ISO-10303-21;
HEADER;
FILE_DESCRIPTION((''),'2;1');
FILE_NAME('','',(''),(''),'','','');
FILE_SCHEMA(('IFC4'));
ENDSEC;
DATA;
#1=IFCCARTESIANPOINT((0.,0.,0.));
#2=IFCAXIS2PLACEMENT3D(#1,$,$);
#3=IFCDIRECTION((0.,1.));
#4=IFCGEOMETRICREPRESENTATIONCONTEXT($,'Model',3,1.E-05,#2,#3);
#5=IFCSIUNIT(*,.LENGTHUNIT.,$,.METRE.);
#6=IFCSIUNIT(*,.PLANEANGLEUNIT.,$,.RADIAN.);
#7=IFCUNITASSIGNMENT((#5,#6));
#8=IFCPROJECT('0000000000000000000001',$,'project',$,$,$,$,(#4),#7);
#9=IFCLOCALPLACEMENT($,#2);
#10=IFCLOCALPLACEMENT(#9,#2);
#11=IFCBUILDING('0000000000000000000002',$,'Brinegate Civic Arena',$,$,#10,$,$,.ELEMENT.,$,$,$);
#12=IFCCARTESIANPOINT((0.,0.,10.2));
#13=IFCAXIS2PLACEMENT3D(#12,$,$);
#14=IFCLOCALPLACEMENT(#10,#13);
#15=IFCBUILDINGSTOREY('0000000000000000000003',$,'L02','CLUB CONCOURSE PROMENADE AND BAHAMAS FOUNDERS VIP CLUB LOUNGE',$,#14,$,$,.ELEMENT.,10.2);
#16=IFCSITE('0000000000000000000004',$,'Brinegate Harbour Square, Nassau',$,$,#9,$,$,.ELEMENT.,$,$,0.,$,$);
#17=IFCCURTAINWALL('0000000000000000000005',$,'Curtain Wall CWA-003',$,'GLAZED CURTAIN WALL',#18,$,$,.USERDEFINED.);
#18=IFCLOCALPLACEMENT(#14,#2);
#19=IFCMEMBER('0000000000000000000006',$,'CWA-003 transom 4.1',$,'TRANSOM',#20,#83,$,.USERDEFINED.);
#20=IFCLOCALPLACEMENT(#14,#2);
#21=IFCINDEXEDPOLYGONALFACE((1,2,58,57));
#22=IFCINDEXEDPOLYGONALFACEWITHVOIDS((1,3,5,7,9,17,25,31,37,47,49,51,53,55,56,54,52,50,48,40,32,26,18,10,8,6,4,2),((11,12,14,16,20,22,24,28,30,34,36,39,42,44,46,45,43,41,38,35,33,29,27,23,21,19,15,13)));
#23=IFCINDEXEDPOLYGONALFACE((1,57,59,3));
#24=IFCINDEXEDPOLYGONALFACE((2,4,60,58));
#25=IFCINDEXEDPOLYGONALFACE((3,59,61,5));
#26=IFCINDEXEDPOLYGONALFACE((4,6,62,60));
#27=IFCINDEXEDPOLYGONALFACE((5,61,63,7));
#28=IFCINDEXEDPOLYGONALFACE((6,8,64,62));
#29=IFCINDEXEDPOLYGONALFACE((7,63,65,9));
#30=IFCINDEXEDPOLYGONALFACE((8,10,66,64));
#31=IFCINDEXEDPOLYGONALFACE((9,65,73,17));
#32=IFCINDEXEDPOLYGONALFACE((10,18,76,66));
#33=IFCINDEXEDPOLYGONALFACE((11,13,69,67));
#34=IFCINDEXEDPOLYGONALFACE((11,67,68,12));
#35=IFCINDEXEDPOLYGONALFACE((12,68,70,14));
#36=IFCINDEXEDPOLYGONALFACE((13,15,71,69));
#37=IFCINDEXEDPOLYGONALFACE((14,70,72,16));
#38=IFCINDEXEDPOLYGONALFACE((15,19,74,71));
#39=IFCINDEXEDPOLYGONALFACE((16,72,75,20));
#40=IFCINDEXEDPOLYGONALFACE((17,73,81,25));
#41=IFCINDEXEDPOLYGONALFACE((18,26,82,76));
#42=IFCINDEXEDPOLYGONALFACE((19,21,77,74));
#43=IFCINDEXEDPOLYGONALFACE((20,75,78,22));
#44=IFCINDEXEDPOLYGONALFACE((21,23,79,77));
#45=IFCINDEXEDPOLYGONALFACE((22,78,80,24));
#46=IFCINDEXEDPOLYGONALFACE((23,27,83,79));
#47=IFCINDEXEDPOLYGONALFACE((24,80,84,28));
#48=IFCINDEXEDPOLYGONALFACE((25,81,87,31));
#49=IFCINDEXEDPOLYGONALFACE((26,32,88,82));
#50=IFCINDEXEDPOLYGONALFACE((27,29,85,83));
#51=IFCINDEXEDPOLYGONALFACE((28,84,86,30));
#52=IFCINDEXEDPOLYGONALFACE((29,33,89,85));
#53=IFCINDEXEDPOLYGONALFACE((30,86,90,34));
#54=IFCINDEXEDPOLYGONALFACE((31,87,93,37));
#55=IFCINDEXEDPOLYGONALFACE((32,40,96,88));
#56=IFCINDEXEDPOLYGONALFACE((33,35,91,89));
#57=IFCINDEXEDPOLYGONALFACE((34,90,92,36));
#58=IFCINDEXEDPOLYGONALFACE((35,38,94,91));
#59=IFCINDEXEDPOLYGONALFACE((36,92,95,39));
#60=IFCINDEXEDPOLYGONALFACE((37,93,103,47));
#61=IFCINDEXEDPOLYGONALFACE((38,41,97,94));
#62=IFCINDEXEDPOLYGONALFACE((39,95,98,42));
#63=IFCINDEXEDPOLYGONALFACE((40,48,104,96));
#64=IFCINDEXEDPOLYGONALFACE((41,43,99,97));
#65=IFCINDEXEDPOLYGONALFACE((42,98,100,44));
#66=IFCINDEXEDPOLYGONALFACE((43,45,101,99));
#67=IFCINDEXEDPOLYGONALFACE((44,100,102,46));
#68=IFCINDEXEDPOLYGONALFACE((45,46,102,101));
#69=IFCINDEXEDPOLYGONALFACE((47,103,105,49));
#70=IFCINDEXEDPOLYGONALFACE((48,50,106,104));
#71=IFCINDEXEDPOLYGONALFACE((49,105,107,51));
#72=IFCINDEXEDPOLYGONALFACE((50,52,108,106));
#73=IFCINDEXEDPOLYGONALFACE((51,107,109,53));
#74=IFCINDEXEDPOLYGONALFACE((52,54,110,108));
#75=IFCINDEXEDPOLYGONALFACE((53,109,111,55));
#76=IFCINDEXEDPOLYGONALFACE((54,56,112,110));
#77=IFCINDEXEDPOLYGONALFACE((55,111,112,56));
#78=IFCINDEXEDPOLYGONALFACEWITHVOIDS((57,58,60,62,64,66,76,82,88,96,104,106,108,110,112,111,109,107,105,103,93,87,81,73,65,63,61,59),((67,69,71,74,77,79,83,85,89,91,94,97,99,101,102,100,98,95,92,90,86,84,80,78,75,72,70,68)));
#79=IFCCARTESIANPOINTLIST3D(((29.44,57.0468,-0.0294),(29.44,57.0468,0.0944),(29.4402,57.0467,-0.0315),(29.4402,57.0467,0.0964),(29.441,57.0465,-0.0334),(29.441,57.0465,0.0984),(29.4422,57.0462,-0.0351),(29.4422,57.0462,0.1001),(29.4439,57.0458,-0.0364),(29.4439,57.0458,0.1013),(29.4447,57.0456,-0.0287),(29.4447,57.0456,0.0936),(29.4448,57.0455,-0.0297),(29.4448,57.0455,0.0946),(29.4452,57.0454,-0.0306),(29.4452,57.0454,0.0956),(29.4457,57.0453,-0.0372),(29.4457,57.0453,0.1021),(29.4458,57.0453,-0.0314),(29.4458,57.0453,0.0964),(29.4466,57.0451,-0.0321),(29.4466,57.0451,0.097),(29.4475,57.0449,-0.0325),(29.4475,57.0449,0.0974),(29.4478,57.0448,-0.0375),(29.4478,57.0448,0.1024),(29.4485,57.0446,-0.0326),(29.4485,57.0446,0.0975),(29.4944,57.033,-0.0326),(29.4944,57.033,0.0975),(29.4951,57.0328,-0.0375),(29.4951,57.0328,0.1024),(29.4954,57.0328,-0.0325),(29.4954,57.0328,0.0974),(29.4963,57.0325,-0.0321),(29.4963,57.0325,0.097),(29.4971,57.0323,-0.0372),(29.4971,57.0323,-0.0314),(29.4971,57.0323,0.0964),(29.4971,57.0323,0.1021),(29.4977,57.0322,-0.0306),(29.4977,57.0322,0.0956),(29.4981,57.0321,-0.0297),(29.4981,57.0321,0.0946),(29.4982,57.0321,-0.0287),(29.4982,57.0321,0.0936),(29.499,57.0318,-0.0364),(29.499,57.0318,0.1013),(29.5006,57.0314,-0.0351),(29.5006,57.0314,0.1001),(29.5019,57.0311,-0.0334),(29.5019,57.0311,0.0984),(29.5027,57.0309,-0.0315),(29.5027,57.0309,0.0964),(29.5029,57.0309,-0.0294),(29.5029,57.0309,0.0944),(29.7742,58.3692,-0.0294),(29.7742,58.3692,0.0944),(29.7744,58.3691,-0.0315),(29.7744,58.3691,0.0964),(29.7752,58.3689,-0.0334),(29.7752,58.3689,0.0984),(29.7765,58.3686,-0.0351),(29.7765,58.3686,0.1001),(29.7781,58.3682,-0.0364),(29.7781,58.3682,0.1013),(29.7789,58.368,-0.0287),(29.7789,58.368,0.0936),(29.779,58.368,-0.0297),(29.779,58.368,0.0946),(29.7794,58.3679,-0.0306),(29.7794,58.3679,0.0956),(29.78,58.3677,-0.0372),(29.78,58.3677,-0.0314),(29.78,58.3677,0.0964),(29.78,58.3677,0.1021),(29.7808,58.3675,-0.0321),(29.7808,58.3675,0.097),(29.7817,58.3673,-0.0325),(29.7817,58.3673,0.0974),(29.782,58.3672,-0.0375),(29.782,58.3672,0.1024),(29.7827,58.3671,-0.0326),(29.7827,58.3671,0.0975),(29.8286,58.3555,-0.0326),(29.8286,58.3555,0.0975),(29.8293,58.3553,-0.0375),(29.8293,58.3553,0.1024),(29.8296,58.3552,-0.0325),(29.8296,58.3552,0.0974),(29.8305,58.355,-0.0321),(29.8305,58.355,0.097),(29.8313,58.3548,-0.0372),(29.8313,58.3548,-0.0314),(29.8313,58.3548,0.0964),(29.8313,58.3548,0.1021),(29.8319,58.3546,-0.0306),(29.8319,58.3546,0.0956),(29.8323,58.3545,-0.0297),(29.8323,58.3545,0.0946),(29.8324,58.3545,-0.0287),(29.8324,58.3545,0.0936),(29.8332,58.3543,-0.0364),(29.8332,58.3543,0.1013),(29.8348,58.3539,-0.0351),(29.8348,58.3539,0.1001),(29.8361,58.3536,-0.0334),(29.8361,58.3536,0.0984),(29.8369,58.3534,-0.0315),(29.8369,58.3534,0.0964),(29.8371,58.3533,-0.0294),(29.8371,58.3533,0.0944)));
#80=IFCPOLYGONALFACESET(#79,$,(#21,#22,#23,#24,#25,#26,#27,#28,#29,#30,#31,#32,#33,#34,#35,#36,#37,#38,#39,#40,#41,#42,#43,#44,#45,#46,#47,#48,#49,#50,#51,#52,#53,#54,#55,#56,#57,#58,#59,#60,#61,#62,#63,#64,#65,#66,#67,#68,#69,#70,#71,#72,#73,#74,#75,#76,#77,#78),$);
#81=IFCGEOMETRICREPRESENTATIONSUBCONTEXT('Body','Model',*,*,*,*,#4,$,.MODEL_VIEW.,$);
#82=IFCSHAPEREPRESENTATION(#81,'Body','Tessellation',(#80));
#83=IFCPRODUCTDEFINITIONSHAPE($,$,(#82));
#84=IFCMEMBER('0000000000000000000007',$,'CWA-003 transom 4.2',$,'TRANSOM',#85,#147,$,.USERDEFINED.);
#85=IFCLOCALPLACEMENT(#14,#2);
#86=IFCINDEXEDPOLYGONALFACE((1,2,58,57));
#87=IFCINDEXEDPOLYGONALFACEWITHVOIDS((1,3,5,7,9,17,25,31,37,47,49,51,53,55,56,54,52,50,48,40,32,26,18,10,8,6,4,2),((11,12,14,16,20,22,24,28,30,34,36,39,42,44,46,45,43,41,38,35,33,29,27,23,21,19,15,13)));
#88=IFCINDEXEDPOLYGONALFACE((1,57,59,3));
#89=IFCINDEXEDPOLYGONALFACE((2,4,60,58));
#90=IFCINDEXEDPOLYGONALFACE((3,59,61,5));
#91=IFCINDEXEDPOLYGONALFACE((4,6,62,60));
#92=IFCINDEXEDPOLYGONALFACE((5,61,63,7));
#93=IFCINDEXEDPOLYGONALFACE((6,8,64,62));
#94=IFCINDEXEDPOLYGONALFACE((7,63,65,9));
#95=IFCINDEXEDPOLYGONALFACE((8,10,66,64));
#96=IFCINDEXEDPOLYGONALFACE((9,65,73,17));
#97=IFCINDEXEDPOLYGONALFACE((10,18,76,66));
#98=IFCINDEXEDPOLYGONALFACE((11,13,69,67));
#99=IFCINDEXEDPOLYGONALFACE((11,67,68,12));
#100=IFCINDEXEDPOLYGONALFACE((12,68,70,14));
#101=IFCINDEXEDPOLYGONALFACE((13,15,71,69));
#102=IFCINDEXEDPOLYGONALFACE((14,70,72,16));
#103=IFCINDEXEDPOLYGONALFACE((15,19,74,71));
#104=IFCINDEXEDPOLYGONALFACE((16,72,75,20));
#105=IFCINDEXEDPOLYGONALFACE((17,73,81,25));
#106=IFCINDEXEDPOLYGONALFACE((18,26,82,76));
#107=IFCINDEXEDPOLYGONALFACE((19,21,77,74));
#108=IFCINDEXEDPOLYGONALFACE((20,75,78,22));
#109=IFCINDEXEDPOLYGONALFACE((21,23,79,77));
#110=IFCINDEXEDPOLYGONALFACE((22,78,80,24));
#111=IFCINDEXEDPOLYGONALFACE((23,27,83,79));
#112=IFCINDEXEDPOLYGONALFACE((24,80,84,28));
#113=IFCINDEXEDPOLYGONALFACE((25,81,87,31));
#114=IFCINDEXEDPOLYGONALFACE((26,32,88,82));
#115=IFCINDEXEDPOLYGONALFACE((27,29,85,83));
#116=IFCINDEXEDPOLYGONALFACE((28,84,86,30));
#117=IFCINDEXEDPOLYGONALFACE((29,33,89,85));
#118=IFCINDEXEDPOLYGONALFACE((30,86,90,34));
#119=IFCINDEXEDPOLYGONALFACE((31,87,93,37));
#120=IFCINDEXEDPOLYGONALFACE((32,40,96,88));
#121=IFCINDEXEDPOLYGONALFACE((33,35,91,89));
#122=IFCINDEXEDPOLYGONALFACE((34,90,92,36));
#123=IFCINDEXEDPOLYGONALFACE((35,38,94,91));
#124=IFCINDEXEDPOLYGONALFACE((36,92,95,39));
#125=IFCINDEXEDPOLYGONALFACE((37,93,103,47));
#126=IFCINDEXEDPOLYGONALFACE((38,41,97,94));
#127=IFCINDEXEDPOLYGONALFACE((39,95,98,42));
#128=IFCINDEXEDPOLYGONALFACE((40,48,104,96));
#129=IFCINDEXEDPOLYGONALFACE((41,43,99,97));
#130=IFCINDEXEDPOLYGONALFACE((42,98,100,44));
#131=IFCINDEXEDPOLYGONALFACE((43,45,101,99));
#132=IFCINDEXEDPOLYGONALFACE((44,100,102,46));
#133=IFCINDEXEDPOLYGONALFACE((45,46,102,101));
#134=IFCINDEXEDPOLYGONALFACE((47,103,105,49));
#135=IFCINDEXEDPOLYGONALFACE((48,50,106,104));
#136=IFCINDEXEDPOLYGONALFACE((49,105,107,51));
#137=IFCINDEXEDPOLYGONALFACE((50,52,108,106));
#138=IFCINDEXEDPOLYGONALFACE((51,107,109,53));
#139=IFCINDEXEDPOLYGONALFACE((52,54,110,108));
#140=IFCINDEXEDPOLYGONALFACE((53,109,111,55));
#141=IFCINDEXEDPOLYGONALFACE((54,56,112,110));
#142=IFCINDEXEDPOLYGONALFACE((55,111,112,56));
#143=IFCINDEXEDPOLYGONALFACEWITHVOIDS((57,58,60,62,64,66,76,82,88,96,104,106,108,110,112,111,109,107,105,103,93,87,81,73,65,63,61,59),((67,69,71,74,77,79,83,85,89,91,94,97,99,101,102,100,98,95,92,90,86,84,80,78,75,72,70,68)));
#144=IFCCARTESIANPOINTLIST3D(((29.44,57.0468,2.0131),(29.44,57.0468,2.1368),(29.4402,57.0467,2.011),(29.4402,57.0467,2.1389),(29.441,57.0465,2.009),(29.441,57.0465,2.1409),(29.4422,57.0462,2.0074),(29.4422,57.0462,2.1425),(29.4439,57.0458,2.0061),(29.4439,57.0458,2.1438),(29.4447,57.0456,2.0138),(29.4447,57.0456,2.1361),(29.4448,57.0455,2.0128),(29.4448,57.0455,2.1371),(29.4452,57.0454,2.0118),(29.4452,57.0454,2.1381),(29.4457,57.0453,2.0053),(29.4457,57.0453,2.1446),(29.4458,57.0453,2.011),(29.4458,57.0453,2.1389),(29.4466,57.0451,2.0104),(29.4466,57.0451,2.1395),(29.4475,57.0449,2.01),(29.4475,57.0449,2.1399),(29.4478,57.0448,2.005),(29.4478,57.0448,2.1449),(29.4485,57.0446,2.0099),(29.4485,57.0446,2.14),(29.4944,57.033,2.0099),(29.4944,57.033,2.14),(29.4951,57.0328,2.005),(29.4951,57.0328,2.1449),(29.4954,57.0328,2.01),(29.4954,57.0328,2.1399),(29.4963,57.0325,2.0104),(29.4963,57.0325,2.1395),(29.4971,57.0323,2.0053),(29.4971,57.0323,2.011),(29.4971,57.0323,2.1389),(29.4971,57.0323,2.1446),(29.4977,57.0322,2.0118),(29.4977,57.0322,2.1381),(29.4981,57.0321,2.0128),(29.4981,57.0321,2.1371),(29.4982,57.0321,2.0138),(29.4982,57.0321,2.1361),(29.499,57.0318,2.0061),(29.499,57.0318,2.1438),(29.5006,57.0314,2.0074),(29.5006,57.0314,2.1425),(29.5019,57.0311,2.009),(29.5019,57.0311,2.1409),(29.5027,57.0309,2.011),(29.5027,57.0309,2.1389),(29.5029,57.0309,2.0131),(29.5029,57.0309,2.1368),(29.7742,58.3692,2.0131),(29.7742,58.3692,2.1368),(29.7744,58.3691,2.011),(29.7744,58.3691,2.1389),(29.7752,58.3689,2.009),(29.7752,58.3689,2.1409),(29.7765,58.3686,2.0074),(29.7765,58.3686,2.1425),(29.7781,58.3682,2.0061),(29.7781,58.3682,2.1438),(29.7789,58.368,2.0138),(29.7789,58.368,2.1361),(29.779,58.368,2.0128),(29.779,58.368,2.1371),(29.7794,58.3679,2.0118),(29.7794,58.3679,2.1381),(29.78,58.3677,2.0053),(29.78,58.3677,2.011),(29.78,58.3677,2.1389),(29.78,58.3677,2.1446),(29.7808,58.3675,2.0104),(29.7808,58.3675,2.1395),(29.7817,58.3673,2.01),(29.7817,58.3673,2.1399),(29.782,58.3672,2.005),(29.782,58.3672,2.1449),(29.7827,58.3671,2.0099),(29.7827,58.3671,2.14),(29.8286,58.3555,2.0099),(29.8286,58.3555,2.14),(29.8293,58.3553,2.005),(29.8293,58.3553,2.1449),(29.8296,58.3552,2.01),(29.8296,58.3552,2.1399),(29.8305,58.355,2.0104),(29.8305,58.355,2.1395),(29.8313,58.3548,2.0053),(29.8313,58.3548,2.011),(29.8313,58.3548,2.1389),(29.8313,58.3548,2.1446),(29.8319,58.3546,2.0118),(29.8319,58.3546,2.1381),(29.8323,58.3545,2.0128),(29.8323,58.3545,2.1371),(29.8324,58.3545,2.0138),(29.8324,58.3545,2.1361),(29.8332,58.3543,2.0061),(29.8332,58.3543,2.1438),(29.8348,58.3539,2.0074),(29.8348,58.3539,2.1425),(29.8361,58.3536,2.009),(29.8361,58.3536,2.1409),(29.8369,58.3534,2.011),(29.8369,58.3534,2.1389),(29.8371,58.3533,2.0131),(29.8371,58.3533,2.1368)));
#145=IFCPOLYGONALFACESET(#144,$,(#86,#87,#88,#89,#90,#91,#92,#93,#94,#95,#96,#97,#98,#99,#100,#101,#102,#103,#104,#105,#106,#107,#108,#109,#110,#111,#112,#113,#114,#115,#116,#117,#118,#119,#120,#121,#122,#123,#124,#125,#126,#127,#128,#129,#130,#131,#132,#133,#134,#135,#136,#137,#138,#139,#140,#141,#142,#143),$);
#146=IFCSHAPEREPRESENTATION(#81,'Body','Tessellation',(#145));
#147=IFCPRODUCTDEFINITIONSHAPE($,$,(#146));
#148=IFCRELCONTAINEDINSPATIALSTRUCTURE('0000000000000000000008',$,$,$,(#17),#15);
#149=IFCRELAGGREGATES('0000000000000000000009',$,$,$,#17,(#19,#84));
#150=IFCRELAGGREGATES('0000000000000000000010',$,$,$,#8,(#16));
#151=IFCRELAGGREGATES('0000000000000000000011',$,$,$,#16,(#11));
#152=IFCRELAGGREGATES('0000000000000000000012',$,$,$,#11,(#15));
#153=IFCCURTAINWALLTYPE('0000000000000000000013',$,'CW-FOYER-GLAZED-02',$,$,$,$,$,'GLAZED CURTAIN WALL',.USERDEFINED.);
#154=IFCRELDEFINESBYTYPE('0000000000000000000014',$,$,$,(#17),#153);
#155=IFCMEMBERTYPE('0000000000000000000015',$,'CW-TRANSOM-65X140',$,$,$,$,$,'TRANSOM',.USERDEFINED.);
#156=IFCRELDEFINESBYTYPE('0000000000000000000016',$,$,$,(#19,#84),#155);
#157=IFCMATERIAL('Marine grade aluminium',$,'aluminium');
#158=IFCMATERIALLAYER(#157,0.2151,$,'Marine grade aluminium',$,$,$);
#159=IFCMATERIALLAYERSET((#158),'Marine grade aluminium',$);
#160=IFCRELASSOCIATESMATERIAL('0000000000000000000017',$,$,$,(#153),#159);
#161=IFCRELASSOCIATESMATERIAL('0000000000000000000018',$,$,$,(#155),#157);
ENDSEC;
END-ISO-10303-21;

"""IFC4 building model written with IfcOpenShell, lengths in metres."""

from ifc_helpers import new_model, si_unit, direction, frame, origin, origin_2d, place, context, subcontext, project, spatial, hollow_rectangle, extrude, material, layer, layer_set, material_profile, profile_set, type_object, element, aggregate, save


model = new_model("IFC4")

# Units and contexts
model_context = context("Model", 3, precision=1e-05, world=origin(), true_north=direction((0.0, 1.0)))
body_context = subcontext(model_context, "Body", "Model", "MODEL_VIEW")
ifc_project = project(units=[si_unit("LENGTHUNIT", "METRE"), si_unit("PLANEANGLEUNIT", "RADIAN")], contexts=[model_context])

# Site, building, storey
site_placement = place(None, origin())
site = spatial("IfcSite", under=ifc_project, at=site_placement, Name="Brinegate Harbour Square, Nassau", CompositionType="ELEMENT", RefElevation=0.0)
building_placement = place(site_placement, origin())
building = spatial("IfcBuilding", under=site, at=building_placement, Name="Brinegate Civic Arena", CompositionType="ELEMENT")
storey_placement = place(building_placement, frame((0.0, 0.0, 10.2)))
storey = spatial("IfcBuildingStorey", under=building, at=storey_placement, Name="L02", Description="CLUB CONCOURSE PROMENADE AND BAHAMAS FOUNDERS VIP CLUB LOUNGE", CompositionType="ELEMENT", Elevation=10.2)

# Curtain wall, members
ifc_material_1 = material(Name="Marine grade aluminium", Category="aluminium")
ifc_layer_1 = layer(ifc_material_1, 0.2151, Name="Marine grade aluminium")
ifc_layer_set_1 = layer_set([ifc_layer_1], Name="Marine grade aluminium")
curtain_wall_type = type_object("IfcCurtainWallType", Name="CW-FOYER-GLAZED-02", ElementType="GLAZED CURTAIN WALL", PredefinedType="USERDEFINED", material=ifc_layer_set_1)
curtain_wall_placement = place(storey_placement, origin())
curtain_wall = element("IfcCurtainWall", 1, at=curtain_wall_placement, inside=storey, type_object=curtain_wall_type, Name="Curtain Wall CWA-003", ObjectType="GLAZED CURTAIN WALL", PredefinedType="USERDEFINED")
ifc_material_profile_1 = material_profile(ifc_material_1, hollow_rectangle(XDim=0.0649, YDim=0.1399, WallThickness=0.0049, InnerFilletRadius=0.0039, OuterFilletRadius=0.0081, at=origin_2d()), Name="TRN65X140")
ifc_profile_set_1 = profile_set([ifc_material_profile_1], Name="Marine grade aluminium")
member_type_1 = type_object("IfcMemberType", Name="CW-TRANSOM-65X140", ElementType="TRANSOM", PredefinedType="USERDEFINED", material=ifc_profile_set_1)
member_1_placement = place(storey_placement, frame((29.4714, 57.0388, 0.0325), z_axis=(0.245019, 0.969518, 0.0), x_axis=(-0.969518, 0.245019, 0.0)))
member_1 = element("IfcMember", 2, at=member_1_placement, type_object=member_type_1, Name="CWA-003 transom 4.1", ObjectType="TRANSOM", PredefinedType="USERDEFINED", context=body_context, shape_type="SweptSolid", body=[
    extrude(hollow_rectangle(XDim=0.0649, YDim=0.1399, WallThickness=0.0049, InnerFilletRadius=0.0039, OuterFilletRadius=0.0081, at=origin_2d()), origin(), (0.0, 0.0, 1.0), 1.364),
])
member_2_placement = place(storey_placement, frame((29.4714, 57.0388, 2.075), z_axis=(0.245019, 0.969518, 0.0), x_axis=(-0.969518, 0.245019, 0.0)))
member_2 = element("IfcMember", 3, at=member_2_placement, type_object=member_type_1, Name="CWA-003 transom 4.2", ObjectType="TRANSOM", PredefinedType="USERDEFINED", context=body_context, shape_type="SweptSolid", body=[
    extrude(hollow_rectangle(XDim=0.0649, YDim=0.1399, WallThickness=0.0049, InnerFilletRadius=0.0039, OuterFilletRadius=0.0081, at=origin_2d()), origin(), (0.0, 0.0, 1.0), 1.364),
])
aggregate(curtain_wall, [member_1, member_2])

save(model, "model.ifc")
